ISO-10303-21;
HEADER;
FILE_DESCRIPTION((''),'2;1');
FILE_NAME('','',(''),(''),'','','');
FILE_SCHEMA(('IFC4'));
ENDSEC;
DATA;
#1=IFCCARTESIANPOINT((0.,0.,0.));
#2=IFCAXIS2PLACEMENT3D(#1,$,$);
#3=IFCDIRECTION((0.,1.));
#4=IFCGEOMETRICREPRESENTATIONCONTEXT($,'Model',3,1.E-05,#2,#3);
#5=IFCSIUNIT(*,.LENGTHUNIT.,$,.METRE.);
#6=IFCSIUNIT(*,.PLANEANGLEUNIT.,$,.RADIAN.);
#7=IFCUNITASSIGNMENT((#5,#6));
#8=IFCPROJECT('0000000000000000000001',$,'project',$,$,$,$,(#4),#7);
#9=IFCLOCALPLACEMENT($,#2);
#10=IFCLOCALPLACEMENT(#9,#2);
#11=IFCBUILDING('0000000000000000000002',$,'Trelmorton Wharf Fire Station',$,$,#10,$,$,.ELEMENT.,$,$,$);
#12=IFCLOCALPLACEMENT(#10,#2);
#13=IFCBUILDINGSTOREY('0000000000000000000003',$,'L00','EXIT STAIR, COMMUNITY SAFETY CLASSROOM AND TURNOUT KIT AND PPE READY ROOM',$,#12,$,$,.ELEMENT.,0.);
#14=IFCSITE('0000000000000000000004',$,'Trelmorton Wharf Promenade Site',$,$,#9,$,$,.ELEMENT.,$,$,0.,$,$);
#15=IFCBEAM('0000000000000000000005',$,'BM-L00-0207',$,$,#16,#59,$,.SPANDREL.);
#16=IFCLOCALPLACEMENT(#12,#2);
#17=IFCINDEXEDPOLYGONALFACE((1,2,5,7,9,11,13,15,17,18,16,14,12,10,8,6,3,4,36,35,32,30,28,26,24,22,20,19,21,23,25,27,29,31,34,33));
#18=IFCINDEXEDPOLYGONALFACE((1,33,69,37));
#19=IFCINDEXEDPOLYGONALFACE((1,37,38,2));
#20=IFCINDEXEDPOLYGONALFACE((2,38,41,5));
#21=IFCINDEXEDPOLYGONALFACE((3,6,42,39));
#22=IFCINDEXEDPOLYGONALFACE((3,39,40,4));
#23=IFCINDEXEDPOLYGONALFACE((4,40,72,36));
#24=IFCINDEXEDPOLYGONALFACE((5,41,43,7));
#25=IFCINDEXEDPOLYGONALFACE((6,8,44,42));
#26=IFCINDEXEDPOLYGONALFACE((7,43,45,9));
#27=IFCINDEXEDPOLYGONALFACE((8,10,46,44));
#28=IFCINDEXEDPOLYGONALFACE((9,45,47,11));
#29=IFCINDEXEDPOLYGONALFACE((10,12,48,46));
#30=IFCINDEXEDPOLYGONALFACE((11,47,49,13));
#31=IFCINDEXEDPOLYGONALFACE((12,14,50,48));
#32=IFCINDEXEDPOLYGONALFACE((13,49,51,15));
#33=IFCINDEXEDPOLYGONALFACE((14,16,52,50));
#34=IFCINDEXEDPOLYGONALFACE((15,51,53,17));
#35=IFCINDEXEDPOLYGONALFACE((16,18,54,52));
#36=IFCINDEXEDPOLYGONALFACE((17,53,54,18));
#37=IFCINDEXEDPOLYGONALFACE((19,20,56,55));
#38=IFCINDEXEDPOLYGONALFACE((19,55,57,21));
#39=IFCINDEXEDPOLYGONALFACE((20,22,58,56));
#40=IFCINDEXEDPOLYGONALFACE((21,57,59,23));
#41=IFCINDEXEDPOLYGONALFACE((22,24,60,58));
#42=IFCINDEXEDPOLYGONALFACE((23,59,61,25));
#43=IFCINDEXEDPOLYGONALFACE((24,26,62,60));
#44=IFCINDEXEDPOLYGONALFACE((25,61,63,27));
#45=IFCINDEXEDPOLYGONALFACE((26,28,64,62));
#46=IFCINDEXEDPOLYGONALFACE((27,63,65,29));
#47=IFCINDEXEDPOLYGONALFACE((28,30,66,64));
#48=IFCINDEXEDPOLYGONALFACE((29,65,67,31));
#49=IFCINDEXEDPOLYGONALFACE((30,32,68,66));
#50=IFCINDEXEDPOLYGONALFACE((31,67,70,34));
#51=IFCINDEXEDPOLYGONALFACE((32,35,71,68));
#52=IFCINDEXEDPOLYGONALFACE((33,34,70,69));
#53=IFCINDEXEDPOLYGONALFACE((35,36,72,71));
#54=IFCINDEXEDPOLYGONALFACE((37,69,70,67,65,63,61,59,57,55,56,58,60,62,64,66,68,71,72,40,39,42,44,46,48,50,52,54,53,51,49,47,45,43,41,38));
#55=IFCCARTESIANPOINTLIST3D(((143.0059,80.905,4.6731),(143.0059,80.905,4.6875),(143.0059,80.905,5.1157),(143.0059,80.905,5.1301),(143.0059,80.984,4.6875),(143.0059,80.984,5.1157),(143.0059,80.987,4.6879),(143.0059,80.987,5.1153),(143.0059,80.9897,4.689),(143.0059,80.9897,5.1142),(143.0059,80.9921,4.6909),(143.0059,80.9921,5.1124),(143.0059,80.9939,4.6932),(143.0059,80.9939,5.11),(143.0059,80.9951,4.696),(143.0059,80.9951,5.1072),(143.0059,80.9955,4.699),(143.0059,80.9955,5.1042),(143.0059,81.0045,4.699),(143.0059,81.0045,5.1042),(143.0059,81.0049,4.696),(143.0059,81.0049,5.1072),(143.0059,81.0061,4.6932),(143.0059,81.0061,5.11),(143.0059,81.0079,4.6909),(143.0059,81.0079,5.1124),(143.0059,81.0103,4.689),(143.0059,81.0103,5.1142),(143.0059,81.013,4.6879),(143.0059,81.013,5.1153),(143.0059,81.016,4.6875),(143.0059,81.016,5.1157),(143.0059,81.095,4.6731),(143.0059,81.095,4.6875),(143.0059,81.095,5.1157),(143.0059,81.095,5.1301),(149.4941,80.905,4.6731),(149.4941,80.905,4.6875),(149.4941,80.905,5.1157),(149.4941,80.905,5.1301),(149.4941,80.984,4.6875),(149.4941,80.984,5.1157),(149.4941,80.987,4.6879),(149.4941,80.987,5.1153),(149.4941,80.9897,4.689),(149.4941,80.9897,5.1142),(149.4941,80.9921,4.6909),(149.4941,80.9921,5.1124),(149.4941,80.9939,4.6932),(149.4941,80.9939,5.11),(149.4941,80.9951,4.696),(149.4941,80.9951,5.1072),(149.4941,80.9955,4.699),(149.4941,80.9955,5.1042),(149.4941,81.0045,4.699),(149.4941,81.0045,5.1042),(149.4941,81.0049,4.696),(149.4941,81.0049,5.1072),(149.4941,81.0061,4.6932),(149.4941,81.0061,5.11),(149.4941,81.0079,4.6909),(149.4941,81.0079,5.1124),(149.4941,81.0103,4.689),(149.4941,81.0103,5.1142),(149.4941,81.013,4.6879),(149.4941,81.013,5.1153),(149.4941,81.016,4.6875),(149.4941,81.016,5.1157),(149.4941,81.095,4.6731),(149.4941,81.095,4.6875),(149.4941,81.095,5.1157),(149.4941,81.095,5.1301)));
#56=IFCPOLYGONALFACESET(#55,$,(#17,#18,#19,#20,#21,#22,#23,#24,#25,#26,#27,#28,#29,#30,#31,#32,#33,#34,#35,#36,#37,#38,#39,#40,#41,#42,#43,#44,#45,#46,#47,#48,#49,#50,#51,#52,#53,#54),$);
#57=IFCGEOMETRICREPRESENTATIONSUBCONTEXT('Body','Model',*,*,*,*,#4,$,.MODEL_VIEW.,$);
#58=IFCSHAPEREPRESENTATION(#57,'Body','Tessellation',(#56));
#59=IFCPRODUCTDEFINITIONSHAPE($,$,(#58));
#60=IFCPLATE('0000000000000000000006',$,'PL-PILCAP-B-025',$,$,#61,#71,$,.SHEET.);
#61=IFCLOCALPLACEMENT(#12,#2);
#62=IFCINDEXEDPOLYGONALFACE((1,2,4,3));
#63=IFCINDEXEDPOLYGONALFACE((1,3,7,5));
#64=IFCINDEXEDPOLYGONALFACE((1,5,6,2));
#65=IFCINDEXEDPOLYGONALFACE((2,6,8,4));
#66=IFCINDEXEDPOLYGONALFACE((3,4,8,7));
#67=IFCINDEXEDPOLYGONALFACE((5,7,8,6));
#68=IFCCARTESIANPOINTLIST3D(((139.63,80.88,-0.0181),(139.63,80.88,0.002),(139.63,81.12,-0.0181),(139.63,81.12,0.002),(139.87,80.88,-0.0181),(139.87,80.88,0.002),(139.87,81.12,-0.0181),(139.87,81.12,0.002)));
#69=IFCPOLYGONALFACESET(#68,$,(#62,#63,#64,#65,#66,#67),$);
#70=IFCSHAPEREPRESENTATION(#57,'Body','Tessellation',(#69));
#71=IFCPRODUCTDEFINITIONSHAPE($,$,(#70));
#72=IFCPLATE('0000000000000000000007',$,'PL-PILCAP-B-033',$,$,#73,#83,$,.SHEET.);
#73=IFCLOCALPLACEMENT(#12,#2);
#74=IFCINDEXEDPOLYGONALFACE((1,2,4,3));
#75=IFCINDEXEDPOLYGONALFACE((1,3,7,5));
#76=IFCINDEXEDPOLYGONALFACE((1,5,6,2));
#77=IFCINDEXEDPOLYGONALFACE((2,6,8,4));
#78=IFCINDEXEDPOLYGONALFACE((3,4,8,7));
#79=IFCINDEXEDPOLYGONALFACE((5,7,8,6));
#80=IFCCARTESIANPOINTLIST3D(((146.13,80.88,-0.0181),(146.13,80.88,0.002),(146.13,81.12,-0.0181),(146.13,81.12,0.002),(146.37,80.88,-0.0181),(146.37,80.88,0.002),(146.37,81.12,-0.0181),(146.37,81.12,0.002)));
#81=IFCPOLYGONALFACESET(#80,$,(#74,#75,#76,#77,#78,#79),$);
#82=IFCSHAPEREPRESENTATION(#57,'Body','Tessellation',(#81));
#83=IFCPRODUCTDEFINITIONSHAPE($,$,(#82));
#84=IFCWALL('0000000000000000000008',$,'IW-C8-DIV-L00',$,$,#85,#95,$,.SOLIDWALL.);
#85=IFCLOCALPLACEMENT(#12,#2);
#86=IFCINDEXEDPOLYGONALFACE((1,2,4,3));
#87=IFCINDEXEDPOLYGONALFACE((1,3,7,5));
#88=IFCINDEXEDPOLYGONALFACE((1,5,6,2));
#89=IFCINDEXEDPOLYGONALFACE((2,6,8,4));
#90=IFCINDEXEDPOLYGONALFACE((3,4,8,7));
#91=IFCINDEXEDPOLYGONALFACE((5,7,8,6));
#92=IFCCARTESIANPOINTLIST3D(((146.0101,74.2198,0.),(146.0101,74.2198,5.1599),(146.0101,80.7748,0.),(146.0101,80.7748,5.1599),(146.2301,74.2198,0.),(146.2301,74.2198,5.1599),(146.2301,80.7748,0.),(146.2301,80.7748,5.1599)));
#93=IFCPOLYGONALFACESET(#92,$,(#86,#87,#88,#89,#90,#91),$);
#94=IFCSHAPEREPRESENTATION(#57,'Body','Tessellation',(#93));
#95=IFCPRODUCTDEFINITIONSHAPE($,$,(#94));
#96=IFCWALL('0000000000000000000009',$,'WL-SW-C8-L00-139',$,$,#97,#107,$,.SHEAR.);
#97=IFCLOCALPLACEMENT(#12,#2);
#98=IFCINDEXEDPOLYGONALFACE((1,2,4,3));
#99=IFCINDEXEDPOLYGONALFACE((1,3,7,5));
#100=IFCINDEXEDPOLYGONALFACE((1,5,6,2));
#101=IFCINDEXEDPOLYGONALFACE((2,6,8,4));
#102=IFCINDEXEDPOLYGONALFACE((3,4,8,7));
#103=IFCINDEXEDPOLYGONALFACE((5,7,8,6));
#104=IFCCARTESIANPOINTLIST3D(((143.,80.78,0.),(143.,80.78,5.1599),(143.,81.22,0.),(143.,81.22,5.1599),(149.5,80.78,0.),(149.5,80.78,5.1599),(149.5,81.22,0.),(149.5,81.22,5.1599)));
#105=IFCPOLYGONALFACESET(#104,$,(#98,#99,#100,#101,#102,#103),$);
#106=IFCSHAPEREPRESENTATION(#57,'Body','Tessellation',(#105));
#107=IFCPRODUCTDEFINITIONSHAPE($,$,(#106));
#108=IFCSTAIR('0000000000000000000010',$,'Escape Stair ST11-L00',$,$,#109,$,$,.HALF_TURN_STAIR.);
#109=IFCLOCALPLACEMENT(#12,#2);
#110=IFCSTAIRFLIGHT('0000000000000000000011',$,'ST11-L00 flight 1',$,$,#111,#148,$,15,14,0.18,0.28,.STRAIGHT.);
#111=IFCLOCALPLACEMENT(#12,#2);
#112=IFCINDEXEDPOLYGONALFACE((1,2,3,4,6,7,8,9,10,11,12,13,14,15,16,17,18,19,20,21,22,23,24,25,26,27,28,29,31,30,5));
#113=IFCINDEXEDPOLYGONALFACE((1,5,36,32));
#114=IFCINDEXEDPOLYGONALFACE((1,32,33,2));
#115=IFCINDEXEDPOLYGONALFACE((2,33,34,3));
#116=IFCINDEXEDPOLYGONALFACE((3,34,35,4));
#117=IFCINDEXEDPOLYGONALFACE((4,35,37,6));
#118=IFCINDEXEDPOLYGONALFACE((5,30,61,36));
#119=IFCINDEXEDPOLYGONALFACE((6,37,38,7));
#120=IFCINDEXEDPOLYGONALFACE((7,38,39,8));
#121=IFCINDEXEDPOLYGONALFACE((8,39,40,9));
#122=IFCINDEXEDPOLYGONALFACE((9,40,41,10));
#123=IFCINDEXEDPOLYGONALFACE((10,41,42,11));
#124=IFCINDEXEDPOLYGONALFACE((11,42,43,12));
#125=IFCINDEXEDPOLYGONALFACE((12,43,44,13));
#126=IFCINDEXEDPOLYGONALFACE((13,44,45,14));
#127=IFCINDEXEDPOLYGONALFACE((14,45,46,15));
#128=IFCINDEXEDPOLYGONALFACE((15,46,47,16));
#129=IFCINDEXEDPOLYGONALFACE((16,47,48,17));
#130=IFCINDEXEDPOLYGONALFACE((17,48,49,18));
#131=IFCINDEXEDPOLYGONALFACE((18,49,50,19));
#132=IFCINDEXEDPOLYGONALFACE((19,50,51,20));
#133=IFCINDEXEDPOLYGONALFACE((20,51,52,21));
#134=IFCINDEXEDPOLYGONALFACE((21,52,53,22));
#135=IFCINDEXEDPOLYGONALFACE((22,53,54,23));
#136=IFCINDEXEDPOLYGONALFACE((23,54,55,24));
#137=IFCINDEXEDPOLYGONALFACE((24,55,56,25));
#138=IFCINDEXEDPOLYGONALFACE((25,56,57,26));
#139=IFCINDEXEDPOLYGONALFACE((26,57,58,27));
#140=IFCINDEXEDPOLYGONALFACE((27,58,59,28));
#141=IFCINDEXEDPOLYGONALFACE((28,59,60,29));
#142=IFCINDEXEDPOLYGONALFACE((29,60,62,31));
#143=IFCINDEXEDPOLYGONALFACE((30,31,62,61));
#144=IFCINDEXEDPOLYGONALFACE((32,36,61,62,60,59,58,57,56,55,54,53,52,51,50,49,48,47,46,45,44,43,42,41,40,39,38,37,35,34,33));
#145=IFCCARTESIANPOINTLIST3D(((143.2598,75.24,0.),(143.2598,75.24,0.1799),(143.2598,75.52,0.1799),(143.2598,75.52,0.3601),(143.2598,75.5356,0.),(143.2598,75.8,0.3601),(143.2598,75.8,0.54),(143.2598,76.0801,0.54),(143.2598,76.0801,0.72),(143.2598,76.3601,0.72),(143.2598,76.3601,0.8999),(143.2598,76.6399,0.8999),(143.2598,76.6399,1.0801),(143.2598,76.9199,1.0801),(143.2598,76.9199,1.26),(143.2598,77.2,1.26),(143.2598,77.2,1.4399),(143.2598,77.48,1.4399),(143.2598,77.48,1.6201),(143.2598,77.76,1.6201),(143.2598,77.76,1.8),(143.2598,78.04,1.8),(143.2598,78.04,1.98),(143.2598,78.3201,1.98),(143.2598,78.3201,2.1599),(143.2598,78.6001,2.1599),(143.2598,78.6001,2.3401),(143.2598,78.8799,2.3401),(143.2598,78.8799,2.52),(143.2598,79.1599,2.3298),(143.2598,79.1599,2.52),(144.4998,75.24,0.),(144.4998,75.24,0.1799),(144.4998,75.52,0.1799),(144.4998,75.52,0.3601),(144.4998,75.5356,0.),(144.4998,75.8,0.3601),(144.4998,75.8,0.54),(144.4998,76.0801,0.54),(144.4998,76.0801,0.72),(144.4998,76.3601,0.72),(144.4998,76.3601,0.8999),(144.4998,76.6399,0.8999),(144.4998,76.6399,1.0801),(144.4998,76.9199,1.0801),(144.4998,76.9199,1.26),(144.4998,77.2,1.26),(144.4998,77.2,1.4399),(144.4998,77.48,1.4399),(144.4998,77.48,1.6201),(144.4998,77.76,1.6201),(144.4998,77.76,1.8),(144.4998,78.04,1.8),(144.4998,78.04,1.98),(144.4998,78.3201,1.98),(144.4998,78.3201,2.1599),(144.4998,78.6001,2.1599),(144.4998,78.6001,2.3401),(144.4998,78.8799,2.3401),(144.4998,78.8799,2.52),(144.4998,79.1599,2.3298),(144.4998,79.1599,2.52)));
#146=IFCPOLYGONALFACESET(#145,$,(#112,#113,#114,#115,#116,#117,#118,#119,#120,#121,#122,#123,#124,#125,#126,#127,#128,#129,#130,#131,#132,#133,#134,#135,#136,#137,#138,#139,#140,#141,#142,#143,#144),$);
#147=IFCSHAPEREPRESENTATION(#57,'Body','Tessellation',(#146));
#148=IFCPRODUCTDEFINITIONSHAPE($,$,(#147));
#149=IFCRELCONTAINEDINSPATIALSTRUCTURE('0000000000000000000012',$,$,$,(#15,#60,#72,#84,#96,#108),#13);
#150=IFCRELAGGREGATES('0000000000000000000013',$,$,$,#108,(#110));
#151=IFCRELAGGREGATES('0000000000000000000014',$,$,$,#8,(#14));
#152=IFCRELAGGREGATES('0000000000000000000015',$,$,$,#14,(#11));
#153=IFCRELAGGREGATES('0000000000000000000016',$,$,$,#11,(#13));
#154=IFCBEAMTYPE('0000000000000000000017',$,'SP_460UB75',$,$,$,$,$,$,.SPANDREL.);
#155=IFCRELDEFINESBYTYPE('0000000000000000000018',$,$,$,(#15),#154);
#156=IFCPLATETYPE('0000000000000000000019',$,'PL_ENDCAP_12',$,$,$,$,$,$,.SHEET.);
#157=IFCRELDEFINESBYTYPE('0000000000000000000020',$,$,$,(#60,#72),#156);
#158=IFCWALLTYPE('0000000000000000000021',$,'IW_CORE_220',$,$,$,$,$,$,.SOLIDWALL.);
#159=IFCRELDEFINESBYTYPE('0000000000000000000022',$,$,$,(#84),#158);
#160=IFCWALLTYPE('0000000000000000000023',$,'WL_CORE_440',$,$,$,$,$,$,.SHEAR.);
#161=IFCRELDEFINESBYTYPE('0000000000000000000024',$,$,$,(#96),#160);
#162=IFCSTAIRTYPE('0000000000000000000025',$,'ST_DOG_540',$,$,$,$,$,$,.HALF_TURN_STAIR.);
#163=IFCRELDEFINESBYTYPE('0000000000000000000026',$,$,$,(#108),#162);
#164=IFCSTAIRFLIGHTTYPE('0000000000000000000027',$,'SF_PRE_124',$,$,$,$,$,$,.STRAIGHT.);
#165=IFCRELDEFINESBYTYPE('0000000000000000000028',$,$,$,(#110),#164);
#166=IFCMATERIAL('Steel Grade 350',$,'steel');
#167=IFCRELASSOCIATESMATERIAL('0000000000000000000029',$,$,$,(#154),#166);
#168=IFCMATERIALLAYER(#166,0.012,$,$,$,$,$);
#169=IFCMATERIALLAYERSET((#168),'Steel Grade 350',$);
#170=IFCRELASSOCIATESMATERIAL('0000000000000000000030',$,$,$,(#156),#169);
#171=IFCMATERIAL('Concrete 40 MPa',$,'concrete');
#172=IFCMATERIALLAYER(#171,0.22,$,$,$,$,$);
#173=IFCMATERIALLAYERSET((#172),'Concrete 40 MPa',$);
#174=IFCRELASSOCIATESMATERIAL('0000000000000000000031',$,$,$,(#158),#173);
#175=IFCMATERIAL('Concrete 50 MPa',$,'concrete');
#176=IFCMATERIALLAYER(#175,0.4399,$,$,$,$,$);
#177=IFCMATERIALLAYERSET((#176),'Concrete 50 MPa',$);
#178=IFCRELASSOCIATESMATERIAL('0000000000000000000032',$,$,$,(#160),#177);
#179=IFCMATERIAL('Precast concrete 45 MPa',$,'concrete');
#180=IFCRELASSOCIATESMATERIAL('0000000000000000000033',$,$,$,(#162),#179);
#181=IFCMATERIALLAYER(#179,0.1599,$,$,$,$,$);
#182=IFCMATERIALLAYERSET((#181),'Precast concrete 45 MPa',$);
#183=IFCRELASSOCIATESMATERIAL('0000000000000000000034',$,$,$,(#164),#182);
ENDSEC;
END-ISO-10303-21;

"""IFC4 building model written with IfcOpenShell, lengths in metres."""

from ifc_helpers import new_model, si_unit, direction, frame, frame_2d, origin, origin_2d, place, context, subcontext, project, spatial, polyline, rectangle, i_section, outline, extrude, material, layer, layer_set, material_profile, profile_set, type_object, element, aggregate, save


model = new_model("IFC4")

# Units and contexts
model_context = context("Model", 3, precision=1e-05, world=origin(), true_north=direction((0.0, 1.0)))
body_context = subcontext(model_context, "Body", "Model", "MODEL_VIEW")
ifc_project = project(units=[si_unit("LENGTHUNIT", "METRE"), si_unit("PLANEANGLEUNIT", "RADIAN")], contexts=[model_context])

# Site, building, storey
site_placement = place(None, origin())
site = spatial("IfcSite", under=ifc_project, at=site_placement, Name="Trelmorton Wharf Promenade Site", CompositionType="ELEMENT", RefElevation=0.0)
building_placement = place(site_placement, origin())
building = spatial("IfcBuilding", under=site, at=building_placement, Name="Trelmorton Wharf Fire Station", CompositionType="ELEMENT")
storey_placement = place(building_placement, origin())
storey = spatial("IfcBuildingStorey", under=building, at=storey_placement, Name="L00", Description="EXIT STAIR, COMMUNITY SAFETY CLASSROOM AND TURNOUT KIT AND PPE READY ROOM", CompositionType="ELEMENT", Elevation=0.0)

# Shared definitions
ifc_material_1 = material(Name="Concrete 40 MPa", Category="concrete")

# Shared definitions
ifc_material_2 = material(Name="Steel Grade 350", Category="steel")

# Beam
ifc_material_profile_1 = material_profile(ifc_material_2, i_section(OverallWidth=0.1899, OverallDepth=0.457, WebThickness=0.009, FlangeThickness=0.0144, FilletRadius=0.0115, at=origin_2d()), Name="460UB74.6")
ifc_profile_set_1 = profile_set([ifc_material_profile_1], Name="Steel Grade 350")
beam_type_1 = type_object("IfcBeamType", Name="SP_460UB75", PredefinedType="SPANDREL", material=ifc_profile_set_1)
beam_1_placement = place(storey_placement, frame((143.0059, 81.0, 4.9016), z_axis=(1.0, 0.0, 0.0), x_axis=(0.0, 1.0, 0.0)))
element("IfcBeam", 1, at=beam_1_placement, inside=storey, type_object=beam_type_1, Name="BM-L00-0207", PredefinedType="SPANDREL", context=body_context, shape_type="SweptSolid", body=[
    extrude(i_section(OverallWidth=0.1899, OverallDepth=0.457, WebThickness=0.009, FlangeThickness=0.0144, FilletRadius=0.0115, at=origin_2d()), origin(), (0.0, 0.0, 1.0), 6.4883),
])

# Plates
ifc_layer_1 = layer(ifc_material_2, 0.012)
ifc_layer_set_1 = layer_set([ifc_layer_1], Name="Steel Grade 350")
plate_type = type_object("IfcPlateType", Name="PL_ENDCAP_12", PredefinedType="SHEET", material=ifc_layer_set_1)
for number, where, z_axis, x_axis, name in (
    (2, (139.75, 81.0, -0.0181), (0.0, 0.0, 1.0), (1.0, 0.0, 0.0), "PL-PILCAP-B-025"),
    (3, (146.25, 81.0, -0.0181), (0.0, 0.0, 1.0), (1.0, 0.0, 0.0), "PL-PILCAP-B-033"),
):
    element("IfcPlate", number, at=place(storey_placement, frame(where, z_axis=z_axis, x_axis=x_axis)), inside=storey, type_object=plate_type, Name=name, PredefinedType="SHEET", context=body_context, shape_type="SweptSolid", body=[
        extrude(rectangle(XDim=0.24, YDim=0.24, at=origin_2d()), origin(), (0.0, 0.0, 1.0), 0.02),
    ])

# Walls
ifc_layer_2 = layer(ifc_material_1, 0.22)
ifc_layer_set_2 = layer_set([ifc_layer_2], Name="Concrete 40 MPa")
wall_type_1 = type_object("IfcWallType", Name="IW_CORE_220", PredefinedType="SOLIDWALL", material=ifc_layer_set_2)
wall_1_placement = place(storey_placement, frame((146.1201, 74.22, 0.0), z_axis=(0.0, 0.0, 1.0), x_axis=(0.0, 1.0, 0.0)))
element("IfcWall", 4, at=wall_1_placement, inside=storey, type_object=wall_type_1, Name="IW-C8-DIV-L00", PredefinedType="SOLIDWALL", context=body_context, shape_type="SweptSolid", body=[
    extrude(rectangle(XDim=6.5549, YDim=0.22, at=frame_2d((3.2773, 0.0))), origin(), (0.0, 0.0, 1.0), 5.1599),
])
ifc_material_3 = material(Name="Concrete 50 MPa", Category="concrete")
ifc_layer_3 = layer(ifc_material_3, 0.4399)
ifc_layer_set_3 = layer_set([ifc_layer_3], Name="Concrete 50 MPa")
wall_type_2 = type_object("IfcWallType", Name="WL_CORE_440", PredefinedType="SHEAR", material=ifc_layer_set_3)
wall_2_placement = place(storey_placement, frame((143.0, 81.0, 0.0), z_axis=(0.0, 0.0, 1.0), x_axis=(1.0, 0.0, 0.0)))
element("IfcWall", 5, at=wall_2_placement, inside=storey, type_object=wall_type_2, Name="WL-SW-C8-L00-139", PredefinedType="SHEAR", context=body_context, shape_type="SweptSolid", body=[
    extrude(rectangle(XDim=6.5, YDim=0.4399, at=frame_2d((3.25, 0.0))), origin(), (0.0, 0.0, 1.0), 5.1599),
])

# Stair, stair flight
ifc_material_4 = material(Name="Precast concrete 45 MPa", Category="concrete")
stair_type = type_object("IfcStairType", Name="ST_DOG_540", PredefinedType="HALF_TURN_STAIR", material=ifc_material_4)
stair_placement = place(storey_placement, origin())
stair = element("IfcStair", 6, at=stair_placement, inside=storey, type_object=stair_type, Name="Escape Stair ST11-L00", PredefinedType="HALF_TURN_STAIR")
ifc_layer_4 = layer(ifc_material_4, 0.1599)
ifc_layer_set_4 = layer_set([ifc_layer_4], Name="Precast concrete 45 MPa")
stair_flight_type = type_object("IfcStairFlightType", Name="SF_PRE_124", PredefinedType="STRAIGHT", material=ifc_layer_set_4)
stair_flight_1_placement = place(storey_placement, frame((143.8799, 75.24, 0.0), z_axis=(0.0, 0.0, 1.0), x_axis=(0.0, 1.0, 0.0)))
stair_flight_1 = element("IfcStairFlight", 7, at=stair_flight_1_placement, type_object=stair_flight_type, Name="ST11-L00 flight 1", NumberOfRisers=15, NumberOfTreads=14, PredefinedType="STRAIGHT", RiserHeight=0.18, TreadLength=0.28, context=body_context, shape_type="SweptSolid", body=[
    extrude(outline(polyline([(0.0, 0.0), (0.0, 0.1799), (0.28, 0.1799), (0.28, 0.3601), (0.5601, 0.3601), (0.5601, 0.54), (0.8401, 0.54), (0.8401, 0.72), (1.1201, 0.72), (1.1201, 0.8999), (1.3999, 0.8999), (1.3999, 1.0801), (1.6799, 1.0801), (1.6799, 1.26), (1.96, 1.26), (1.96, 1.4399), (2.24, 1.4399), (2.24, 1.6201), (2.52, 1.6201), (2.52, 1.8), (2.8, 1.8), (2.8, 1.98), (3.0801, 1.98), (3.0801, 2.1599), (3.3601, 2.1599), (3.3601, 2.3401), (3.6399, 2.3401), (3.6399, 2.52), (3.9199, 2.52), (3.9199, 2.7), (3.9199, 2.3298), (0.2957, 0.0), (0.0, 0.0)])), frame((0.0, 0.6201, 0.0), z_axis=(0.0, -1.0, 0.0), x_axis=(1.0, 0.0, 0.0)), (0.0, 0.0, 1.0), 1.24),
])
aggregate(stair, [stair_flight_1])

save(model, "model.ifc")
